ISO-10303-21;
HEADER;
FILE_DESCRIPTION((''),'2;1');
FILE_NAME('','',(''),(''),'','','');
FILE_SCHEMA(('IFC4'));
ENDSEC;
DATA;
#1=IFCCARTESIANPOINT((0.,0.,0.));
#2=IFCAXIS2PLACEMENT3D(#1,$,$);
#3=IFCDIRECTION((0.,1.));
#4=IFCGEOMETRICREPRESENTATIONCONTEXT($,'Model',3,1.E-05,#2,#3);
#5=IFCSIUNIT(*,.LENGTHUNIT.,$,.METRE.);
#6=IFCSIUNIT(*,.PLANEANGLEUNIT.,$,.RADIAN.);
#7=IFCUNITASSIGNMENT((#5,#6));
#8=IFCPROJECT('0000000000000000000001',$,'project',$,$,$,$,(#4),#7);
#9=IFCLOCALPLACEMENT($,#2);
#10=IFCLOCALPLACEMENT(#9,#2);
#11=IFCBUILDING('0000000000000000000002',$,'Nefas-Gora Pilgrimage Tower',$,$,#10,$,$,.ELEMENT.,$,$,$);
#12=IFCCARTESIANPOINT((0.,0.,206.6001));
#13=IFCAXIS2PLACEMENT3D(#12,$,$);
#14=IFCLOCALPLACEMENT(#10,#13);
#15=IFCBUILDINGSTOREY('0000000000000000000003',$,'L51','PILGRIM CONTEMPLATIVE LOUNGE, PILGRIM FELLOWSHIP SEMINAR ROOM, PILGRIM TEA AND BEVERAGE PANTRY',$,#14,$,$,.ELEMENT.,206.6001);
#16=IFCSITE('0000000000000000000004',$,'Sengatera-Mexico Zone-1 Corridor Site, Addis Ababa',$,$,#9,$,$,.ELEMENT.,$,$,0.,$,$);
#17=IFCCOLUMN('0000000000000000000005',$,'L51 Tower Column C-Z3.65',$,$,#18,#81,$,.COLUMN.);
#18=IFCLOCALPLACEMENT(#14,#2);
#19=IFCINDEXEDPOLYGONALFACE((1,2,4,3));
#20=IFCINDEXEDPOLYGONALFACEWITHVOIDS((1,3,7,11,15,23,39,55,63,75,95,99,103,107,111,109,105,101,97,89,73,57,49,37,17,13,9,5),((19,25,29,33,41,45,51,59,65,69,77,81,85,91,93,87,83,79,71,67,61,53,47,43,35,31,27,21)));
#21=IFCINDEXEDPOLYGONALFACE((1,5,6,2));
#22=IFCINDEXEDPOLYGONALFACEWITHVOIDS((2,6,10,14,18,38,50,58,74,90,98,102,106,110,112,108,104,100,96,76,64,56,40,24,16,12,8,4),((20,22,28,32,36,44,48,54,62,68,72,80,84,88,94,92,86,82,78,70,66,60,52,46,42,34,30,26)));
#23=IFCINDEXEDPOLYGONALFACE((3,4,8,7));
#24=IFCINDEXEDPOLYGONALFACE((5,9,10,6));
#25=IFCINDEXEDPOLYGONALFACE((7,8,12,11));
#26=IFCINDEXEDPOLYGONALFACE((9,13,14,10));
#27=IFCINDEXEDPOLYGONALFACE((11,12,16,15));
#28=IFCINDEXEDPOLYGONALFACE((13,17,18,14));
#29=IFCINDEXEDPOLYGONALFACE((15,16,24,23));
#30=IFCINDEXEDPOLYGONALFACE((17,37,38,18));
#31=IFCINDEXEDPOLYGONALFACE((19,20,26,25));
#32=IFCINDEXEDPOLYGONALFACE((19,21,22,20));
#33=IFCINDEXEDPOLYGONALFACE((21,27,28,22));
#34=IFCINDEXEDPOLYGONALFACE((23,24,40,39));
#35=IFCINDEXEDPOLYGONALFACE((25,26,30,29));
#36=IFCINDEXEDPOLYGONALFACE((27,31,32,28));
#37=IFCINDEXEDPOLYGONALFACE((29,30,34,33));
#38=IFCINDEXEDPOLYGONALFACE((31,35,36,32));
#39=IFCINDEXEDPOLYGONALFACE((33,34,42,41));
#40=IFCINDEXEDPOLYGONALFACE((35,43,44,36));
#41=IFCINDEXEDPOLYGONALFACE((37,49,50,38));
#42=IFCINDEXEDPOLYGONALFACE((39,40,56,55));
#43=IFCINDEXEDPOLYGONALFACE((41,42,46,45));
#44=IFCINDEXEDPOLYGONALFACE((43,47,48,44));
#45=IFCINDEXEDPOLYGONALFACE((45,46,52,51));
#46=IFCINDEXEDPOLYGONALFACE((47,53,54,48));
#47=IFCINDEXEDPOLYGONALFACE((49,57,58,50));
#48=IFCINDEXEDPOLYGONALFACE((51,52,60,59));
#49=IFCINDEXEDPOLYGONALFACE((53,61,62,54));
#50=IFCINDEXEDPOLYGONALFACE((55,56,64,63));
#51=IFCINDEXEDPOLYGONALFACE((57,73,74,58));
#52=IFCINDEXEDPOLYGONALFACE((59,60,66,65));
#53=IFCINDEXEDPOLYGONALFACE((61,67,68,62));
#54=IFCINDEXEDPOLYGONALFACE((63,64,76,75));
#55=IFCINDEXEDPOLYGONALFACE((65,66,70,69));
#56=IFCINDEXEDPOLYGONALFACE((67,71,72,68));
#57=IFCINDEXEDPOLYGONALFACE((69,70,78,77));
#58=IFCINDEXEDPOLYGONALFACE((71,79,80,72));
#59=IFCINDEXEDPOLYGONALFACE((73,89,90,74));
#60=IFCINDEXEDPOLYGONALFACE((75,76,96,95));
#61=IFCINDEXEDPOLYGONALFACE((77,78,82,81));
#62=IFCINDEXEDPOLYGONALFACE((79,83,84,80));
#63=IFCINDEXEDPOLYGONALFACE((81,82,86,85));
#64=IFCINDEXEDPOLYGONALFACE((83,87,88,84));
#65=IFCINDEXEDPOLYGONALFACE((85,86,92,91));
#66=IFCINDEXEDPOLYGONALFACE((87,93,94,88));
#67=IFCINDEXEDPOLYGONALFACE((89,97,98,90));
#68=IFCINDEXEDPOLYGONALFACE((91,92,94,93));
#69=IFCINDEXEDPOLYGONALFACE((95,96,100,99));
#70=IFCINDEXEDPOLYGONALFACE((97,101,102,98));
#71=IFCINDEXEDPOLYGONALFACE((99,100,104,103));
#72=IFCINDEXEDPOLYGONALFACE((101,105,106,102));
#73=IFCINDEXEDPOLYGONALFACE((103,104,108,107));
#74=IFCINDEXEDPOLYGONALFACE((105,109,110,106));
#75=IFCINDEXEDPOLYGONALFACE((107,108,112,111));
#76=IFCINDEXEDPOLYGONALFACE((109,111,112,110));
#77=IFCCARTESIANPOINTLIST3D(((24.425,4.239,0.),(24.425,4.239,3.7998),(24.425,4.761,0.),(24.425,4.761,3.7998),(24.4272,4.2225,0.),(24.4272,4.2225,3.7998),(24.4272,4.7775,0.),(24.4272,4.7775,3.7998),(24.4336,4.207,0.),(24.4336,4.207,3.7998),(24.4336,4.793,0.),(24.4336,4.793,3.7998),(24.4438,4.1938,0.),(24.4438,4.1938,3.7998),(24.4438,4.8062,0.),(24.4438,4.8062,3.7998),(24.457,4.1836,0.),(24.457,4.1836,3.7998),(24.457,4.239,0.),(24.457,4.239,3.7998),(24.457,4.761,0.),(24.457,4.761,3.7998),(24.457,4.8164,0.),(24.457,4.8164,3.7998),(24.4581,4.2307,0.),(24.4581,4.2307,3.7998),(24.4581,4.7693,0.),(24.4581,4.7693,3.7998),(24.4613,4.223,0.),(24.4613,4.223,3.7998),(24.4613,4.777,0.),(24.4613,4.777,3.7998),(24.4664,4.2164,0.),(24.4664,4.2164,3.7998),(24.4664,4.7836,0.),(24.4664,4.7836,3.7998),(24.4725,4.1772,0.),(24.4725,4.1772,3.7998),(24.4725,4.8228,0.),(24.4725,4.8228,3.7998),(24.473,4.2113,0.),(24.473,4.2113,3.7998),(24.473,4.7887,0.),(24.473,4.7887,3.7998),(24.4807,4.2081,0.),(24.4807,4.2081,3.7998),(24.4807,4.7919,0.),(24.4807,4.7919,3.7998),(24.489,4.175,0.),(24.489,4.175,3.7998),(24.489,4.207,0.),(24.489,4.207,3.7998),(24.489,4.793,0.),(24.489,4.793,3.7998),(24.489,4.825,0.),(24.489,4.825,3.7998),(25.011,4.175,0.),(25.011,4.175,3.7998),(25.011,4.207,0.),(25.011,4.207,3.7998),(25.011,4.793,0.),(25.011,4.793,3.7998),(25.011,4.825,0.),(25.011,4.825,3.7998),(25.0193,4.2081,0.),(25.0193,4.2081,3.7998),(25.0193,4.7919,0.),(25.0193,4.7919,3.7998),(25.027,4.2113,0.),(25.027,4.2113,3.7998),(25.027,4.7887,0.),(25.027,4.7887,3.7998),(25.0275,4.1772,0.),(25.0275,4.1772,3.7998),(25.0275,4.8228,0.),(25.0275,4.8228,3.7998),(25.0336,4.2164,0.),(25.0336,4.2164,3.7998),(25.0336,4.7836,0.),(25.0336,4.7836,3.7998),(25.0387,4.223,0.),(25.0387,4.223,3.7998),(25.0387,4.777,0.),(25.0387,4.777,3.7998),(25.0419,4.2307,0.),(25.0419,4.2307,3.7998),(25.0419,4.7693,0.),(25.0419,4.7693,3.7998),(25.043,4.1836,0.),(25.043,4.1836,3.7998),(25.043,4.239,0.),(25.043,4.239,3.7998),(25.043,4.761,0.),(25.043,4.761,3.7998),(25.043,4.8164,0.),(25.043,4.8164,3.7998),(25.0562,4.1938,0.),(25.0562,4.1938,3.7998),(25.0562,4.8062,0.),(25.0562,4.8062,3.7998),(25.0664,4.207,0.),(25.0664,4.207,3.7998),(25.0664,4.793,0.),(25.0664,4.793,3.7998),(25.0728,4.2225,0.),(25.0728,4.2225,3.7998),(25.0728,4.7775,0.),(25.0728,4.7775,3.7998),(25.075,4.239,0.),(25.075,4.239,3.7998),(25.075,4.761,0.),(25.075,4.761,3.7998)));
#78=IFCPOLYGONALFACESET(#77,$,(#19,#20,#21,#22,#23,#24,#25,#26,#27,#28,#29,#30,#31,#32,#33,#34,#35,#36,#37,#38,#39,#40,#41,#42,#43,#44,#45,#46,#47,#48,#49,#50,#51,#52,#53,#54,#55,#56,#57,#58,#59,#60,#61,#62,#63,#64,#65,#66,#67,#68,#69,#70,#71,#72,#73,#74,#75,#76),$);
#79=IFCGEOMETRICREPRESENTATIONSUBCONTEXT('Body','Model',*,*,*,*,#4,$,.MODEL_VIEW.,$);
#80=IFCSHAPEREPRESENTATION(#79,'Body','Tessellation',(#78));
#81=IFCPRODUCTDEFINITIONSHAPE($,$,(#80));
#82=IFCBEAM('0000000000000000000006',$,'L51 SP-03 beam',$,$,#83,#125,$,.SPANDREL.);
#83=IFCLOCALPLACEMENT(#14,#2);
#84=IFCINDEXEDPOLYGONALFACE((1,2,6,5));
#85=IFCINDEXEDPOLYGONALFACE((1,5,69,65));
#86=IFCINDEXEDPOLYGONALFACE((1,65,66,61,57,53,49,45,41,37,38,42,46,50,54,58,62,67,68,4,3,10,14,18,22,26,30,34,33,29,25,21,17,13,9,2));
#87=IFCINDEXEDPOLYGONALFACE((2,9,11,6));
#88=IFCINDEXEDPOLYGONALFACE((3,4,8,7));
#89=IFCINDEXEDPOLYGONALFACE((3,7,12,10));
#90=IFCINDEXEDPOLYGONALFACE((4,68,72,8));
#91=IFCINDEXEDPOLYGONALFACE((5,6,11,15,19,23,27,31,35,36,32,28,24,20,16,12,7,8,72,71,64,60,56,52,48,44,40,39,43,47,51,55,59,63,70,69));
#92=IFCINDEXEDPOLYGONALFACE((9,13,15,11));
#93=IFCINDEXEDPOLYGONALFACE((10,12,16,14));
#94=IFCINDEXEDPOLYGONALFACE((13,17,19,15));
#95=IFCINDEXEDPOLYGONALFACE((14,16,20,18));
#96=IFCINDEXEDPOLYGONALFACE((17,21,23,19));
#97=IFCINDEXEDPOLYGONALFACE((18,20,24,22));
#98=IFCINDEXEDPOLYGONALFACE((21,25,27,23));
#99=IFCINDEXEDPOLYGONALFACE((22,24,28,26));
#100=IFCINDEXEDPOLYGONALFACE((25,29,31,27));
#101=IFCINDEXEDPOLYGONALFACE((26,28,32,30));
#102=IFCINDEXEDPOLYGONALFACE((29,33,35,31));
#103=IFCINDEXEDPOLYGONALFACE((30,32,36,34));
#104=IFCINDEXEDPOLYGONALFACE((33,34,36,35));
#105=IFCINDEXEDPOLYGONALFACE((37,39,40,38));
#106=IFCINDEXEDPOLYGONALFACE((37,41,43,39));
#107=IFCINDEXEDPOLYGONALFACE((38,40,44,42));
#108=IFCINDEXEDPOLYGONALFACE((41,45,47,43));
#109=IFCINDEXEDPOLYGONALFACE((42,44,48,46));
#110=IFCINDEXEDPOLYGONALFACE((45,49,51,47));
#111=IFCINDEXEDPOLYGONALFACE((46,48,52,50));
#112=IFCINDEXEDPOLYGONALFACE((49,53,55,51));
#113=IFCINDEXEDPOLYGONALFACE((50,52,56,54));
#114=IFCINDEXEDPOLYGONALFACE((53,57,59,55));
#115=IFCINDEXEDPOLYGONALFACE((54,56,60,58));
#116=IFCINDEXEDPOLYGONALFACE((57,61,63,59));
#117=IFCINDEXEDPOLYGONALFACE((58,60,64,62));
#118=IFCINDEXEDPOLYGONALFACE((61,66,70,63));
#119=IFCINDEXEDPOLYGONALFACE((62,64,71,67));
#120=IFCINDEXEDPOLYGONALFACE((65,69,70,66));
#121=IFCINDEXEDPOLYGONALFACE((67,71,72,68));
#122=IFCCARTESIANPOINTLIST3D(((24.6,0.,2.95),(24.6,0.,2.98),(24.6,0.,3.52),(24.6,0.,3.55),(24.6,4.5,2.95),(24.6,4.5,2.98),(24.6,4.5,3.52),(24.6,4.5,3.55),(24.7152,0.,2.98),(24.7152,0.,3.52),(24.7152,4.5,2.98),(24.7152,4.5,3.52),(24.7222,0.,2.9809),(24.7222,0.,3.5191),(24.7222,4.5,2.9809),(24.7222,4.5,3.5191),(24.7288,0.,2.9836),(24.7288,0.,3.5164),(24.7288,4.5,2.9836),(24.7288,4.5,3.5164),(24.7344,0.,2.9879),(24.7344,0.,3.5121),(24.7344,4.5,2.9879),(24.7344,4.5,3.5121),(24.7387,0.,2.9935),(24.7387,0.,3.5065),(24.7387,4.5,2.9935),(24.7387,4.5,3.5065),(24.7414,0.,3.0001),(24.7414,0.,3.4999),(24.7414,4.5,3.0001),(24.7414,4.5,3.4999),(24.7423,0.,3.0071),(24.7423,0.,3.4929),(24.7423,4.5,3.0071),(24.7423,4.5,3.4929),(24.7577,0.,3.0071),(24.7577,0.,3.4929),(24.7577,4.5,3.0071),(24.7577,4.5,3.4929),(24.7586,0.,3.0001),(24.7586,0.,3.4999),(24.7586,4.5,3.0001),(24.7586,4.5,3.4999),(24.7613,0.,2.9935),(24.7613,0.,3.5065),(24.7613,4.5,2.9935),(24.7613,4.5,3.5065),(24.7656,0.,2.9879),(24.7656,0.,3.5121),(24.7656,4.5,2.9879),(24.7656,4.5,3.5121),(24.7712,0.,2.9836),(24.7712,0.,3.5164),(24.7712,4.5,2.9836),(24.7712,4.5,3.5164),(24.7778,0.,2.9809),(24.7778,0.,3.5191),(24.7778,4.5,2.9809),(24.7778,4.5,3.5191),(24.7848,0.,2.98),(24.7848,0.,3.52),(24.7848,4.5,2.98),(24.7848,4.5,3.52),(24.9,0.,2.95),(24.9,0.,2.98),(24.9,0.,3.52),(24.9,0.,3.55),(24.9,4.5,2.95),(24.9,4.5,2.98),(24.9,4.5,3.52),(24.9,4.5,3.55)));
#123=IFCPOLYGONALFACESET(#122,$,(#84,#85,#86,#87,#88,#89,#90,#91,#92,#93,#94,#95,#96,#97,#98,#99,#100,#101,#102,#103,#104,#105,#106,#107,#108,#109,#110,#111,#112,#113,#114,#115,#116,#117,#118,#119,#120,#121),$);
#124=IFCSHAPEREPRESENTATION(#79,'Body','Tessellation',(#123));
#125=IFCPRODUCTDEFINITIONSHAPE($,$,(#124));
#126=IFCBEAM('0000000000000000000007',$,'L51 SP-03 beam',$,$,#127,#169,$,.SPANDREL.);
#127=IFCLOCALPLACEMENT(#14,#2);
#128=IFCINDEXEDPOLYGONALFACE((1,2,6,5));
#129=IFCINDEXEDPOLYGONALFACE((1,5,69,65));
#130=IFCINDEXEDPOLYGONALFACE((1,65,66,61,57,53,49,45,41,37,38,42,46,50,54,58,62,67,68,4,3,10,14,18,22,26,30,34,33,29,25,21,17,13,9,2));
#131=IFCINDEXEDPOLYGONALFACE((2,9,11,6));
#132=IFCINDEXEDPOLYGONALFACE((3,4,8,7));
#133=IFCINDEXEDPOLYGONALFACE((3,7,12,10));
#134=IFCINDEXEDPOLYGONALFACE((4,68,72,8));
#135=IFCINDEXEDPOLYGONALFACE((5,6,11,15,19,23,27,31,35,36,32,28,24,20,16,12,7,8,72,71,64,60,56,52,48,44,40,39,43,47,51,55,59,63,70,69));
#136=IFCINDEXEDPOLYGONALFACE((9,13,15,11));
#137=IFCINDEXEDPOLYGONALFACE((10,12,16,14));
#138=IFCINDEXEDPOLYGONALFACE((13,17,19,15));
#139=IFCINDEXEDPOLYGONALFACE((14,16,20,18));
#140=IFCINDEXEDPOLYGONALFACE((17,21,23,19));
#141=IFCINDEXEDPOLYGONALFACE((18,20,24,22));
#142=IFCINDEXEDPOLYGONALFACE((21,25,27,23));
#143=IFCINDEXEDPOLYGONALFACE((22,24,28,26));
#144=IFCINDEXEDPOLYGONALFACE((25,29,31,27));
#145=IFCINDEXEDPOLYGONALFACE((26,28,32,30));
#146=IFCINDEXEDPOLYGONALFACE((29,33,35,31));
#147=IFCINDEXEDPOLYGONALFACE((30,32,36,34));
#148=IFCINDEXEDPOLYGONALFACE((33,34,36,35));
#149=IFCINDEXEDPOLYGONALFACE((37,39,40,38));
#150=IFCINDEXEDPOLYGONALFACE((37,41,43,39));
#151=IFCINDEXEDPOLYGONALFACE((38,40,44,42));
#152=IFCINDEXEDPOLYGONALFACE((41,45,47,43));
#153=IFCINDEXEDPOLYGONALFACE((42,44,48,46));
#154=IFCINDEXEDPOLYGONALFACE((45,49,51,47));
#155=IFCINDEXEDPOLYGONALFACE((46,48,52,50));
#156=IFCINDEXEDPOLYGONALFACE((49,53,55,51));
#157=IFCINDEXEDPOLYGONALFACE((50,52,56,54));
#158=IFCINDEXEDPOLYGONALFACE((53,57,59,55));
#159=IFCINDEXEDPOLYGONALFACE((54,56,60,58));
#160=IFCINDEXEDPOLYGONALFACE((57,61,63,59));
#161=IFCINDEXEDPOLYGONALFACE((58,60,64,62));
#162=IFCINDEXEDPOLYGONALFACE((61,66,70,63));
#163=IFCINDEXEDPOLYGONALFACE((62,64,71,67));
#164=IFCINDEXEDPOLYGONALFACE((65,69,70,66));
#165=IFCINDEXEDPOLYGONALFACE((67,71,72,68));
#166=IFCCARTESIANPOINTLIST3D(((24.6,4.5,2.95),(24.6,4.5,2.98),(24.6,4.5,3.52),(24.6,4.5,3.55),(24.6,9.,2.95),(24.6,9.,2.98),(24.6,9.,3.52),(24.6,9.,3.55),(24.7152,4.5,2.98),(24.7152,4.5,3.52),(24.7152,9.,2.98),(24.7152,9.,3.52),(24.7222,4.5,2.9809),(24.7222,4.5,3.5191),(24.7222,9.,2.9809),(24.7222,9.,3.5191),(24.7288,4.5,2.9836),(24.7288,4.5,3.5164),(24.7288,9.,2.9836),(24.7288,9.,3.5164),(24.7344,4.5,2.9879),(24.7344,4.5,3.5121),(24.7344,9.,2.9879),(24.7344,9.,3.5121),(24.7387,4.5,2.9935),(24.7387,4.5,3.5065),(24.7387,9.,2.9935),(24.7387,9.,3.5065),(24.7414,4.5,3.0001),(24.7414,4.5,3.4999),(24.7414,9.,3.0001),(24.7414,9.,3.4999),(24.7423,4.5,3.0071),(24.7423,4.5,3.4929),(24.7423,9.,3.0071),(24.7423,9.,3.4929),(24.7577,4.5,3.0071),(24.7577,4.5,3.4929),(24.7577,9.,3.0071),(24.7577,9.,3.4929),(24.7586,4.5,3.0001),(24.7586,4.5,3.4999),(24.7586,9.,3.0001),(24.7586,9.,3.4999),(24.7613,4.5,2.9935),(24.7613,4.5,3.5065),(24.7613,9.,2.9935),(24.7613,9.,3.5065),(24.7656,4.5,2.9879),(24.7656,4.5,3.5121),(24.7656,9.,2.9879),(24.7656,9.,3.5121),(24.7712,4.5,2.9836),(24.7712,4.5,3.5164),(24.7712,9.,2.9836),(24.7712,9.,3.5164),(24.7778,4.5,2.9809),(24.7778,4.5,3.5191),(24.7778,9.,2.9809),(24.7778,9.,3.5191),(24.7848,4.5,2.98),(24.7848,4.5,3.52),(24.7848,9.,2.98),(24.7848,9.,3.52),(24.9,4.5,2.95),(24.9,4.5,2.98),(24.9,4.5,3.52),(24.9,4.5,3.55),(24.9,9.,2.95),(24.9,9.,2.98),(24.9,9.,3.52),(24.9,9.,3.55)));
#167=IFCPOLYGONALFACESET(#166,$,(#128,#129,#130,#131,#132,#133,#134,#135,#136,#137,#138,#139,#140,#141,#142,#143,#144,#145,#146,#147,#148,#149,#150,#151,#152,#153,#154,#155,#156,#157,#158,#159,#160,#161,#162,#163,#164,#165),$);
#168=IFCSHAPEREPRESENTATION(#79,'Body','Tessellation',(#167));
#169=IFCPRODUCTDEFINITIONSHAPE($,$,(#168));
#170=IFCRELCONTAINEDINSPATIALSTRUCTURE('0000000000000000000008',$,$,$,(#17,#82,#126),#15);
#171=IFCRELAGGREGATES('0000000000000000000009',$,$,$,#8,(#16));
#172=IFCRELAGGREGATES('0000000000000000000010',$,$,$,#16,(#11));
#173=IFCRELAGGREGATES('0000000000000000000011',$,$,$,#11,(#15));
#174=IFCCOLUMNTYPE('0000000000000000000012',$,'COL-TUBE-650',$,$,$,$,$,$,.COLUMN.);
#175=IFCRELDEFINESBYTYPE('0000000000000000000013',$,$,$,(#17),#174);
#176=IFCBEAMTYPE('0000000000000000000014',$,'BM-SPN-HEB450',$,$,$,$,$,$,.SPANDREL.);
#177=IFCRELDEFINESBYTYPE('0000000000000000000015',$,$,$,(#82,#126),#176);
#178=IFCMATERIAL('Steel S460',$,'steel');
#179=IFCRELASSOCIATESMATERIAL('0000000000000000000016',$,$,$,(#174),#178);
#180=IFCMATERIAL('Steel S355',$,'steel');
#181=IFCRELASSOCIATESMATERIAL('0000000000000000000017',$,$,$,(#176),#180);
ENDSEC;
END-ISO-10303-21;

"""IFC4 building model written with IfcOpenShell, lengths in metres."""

from ifc_helpers import new_model, si_unit, direction, frame, origin, origin_2d, place, context, subcontext, project, spatial, hollow_rectangle, i_section, extrude, source, transform, mapped, material, material_profile, profile_set, type_object, element, save


model = new_model("IFC4")

# Units and contexts
model_context = context("Model", 3, precision=1e-05, world=origin(), true_north=direction((0.0, 1.0)))
body_context = subcontext(model_context, "Body", "Model", "MODEL_VIEW")
ifc_project = project(units=[si_unit("LENGTHUNIT", "METRE"), si_unit("PLANEANGLEUNIT", "RADIAN")], contexts=[model_context])

# Site, building, storey
site_placement = place(None, origin())
site = spatial("IfcSite", under=ifc_project, at=site_placement, Name="Sengatera-Mexico Zone-1 Corridor Site, Addis Ababa", CompositionType="ELEMENT", RefElevation=0.0)
building_placement = place(site_placement, origin())
building = spatial("IfcBuilding", under=site, at=building_placement, Name="Nefas-Gora Pilgrimage Tower", CompositionType="ELEMENT")
storey_placement = place(building_placement, frame((0.0, 0.0, 206.6001)))
storey = spatial("IfcBuildingStorey", under=building, at=storey_placement, Name="L51", Description="PILGRIM CONTEMPLATIVE LOUNGE, PILGRIM FELLOWSHIP SEMINAR ROOM, PILGRIM TEA AND BEVERAGE PANTRY", CompositionType="ELEMENT", Elevation=206.6001)

# Column
ifc_material_1 = material(Name="Steel S460", Category="steel")
ifc_material_profile_1 = material_profile(ifc_material_1, hollow_rectangle(XDim=0.6499, YDim=0.6499, WallThickness=0.032, InnerFilletRadius=0.032, OuterFilletRadius=0.064, at=origin_2d()), Name="BOX 650x650x32")
ifc_profile_set_1 = profile_set([ifc_material_profile_1], Name="Steel S460")
column_type_1 = type_object("IfcColumnType", Name="COL-TUBE-650", PredefinedType="COLUMN", material=ifc_profile_set_1)
shared_shape_1 = source(origin(), body_context, "Body", "SweptSolid", [
    extrude(hollow_rectangle(XDim=0.6499, YDim=0.6499, WallThickness=0.032, InnerFilletRadius=0.032, OuterFilletRadius=0.064, at=origin_2d()), origin(), (0.0, 0.0, 1.0), 3.7998),
])
for number, where, z_axis, x_axis, name in (
    (1, (24.75, 4.5, 0.0), (0.0, 0.0, 1.0), (1.0, 0.0, 0.0), "L51 Tower Column C-Z3.65"),
):
    element("IfcColumn", number, at=place(storey_placement, frame(where, z_axis=z_axis, x_axis=x_axis)), inside=storey, type_object=column_type_1, Name=name, PredefinedType="COLUMN", context=body_context, shape_type="MappedRepresentation", body=[
        mapped(shared_shape_1, transform((0.0, 0.0, 0.0), x_axis=(1.0, 0.0, 0.0), y_axis=(0.0, 1.0, 0.0), z_axis=(0.0, 0.0, 1.0), scale=1.0)),
    ])

# Beams
ifc_material_2 = material(Name="Steel S355", Category="steel")
ifc_material_profile_2 = material_profile(ifc_material_2, i_section(OverallWidth=0.3, OverallDepth=0.6001, WebThickness=0.0154, FlangeThickness=0.03, FilletRadius=0.0271, at=origin_2d()), Name="HEB 600")
ifc_profile_set_2 = profile_set([ifc_material_profile_2], Name="Steel S355")
beam_type_1 = type_object("IfcBeamType", Name="BM-SPN-HEB450", PredefinedType="SPANDREL", material=ifc_profile_set_2)
shared_shape_2 = source(origin(), body_context, "Body", "SweptSolid", [
    extrude(i_section(OverallWidth=0.3, OverallDepth=0.6001, WebThickness=0.0154, FlangeThickness=0.03, FilletRadius=0.0271, at=origin_2d()), origin(), (0.0, 0.0, 1.0), 4.5),
])
for number, where, z_axis, x_axis, name in (
    (2, (24.75, 0.0, 3.25), (0.0, 1.0, 0.0), (-1.0, 0.0, 0.0), "L51 SP-03 beam"),
    (3, (24.75, 4.5, 3.25), (0.0, 1.0, 0.0), (-1.0, 0.0, 0.0), "L51 SP-03 beam"),
):
    element("IfcBeam", number, at=place(storey_placement, frame(where, z_axis=z_axis, x_axis=x_axis)), inside=storey, type_object=beam_type_1, Name=name, PredefinedType="SPANDREL", context=body_context, shape_type="MappedRepresentation", body=[
        mapped(shared_shape_2, transform((0.0, 0.0, 0.0), x_axis=(1.0, 0.0, 0.0), y_axis=(0.0, 1.0, 0.0), z_axis=(0.0, 0.0, 1.0), scale=1.0)),
    ])

save(model, "model.ifc")
